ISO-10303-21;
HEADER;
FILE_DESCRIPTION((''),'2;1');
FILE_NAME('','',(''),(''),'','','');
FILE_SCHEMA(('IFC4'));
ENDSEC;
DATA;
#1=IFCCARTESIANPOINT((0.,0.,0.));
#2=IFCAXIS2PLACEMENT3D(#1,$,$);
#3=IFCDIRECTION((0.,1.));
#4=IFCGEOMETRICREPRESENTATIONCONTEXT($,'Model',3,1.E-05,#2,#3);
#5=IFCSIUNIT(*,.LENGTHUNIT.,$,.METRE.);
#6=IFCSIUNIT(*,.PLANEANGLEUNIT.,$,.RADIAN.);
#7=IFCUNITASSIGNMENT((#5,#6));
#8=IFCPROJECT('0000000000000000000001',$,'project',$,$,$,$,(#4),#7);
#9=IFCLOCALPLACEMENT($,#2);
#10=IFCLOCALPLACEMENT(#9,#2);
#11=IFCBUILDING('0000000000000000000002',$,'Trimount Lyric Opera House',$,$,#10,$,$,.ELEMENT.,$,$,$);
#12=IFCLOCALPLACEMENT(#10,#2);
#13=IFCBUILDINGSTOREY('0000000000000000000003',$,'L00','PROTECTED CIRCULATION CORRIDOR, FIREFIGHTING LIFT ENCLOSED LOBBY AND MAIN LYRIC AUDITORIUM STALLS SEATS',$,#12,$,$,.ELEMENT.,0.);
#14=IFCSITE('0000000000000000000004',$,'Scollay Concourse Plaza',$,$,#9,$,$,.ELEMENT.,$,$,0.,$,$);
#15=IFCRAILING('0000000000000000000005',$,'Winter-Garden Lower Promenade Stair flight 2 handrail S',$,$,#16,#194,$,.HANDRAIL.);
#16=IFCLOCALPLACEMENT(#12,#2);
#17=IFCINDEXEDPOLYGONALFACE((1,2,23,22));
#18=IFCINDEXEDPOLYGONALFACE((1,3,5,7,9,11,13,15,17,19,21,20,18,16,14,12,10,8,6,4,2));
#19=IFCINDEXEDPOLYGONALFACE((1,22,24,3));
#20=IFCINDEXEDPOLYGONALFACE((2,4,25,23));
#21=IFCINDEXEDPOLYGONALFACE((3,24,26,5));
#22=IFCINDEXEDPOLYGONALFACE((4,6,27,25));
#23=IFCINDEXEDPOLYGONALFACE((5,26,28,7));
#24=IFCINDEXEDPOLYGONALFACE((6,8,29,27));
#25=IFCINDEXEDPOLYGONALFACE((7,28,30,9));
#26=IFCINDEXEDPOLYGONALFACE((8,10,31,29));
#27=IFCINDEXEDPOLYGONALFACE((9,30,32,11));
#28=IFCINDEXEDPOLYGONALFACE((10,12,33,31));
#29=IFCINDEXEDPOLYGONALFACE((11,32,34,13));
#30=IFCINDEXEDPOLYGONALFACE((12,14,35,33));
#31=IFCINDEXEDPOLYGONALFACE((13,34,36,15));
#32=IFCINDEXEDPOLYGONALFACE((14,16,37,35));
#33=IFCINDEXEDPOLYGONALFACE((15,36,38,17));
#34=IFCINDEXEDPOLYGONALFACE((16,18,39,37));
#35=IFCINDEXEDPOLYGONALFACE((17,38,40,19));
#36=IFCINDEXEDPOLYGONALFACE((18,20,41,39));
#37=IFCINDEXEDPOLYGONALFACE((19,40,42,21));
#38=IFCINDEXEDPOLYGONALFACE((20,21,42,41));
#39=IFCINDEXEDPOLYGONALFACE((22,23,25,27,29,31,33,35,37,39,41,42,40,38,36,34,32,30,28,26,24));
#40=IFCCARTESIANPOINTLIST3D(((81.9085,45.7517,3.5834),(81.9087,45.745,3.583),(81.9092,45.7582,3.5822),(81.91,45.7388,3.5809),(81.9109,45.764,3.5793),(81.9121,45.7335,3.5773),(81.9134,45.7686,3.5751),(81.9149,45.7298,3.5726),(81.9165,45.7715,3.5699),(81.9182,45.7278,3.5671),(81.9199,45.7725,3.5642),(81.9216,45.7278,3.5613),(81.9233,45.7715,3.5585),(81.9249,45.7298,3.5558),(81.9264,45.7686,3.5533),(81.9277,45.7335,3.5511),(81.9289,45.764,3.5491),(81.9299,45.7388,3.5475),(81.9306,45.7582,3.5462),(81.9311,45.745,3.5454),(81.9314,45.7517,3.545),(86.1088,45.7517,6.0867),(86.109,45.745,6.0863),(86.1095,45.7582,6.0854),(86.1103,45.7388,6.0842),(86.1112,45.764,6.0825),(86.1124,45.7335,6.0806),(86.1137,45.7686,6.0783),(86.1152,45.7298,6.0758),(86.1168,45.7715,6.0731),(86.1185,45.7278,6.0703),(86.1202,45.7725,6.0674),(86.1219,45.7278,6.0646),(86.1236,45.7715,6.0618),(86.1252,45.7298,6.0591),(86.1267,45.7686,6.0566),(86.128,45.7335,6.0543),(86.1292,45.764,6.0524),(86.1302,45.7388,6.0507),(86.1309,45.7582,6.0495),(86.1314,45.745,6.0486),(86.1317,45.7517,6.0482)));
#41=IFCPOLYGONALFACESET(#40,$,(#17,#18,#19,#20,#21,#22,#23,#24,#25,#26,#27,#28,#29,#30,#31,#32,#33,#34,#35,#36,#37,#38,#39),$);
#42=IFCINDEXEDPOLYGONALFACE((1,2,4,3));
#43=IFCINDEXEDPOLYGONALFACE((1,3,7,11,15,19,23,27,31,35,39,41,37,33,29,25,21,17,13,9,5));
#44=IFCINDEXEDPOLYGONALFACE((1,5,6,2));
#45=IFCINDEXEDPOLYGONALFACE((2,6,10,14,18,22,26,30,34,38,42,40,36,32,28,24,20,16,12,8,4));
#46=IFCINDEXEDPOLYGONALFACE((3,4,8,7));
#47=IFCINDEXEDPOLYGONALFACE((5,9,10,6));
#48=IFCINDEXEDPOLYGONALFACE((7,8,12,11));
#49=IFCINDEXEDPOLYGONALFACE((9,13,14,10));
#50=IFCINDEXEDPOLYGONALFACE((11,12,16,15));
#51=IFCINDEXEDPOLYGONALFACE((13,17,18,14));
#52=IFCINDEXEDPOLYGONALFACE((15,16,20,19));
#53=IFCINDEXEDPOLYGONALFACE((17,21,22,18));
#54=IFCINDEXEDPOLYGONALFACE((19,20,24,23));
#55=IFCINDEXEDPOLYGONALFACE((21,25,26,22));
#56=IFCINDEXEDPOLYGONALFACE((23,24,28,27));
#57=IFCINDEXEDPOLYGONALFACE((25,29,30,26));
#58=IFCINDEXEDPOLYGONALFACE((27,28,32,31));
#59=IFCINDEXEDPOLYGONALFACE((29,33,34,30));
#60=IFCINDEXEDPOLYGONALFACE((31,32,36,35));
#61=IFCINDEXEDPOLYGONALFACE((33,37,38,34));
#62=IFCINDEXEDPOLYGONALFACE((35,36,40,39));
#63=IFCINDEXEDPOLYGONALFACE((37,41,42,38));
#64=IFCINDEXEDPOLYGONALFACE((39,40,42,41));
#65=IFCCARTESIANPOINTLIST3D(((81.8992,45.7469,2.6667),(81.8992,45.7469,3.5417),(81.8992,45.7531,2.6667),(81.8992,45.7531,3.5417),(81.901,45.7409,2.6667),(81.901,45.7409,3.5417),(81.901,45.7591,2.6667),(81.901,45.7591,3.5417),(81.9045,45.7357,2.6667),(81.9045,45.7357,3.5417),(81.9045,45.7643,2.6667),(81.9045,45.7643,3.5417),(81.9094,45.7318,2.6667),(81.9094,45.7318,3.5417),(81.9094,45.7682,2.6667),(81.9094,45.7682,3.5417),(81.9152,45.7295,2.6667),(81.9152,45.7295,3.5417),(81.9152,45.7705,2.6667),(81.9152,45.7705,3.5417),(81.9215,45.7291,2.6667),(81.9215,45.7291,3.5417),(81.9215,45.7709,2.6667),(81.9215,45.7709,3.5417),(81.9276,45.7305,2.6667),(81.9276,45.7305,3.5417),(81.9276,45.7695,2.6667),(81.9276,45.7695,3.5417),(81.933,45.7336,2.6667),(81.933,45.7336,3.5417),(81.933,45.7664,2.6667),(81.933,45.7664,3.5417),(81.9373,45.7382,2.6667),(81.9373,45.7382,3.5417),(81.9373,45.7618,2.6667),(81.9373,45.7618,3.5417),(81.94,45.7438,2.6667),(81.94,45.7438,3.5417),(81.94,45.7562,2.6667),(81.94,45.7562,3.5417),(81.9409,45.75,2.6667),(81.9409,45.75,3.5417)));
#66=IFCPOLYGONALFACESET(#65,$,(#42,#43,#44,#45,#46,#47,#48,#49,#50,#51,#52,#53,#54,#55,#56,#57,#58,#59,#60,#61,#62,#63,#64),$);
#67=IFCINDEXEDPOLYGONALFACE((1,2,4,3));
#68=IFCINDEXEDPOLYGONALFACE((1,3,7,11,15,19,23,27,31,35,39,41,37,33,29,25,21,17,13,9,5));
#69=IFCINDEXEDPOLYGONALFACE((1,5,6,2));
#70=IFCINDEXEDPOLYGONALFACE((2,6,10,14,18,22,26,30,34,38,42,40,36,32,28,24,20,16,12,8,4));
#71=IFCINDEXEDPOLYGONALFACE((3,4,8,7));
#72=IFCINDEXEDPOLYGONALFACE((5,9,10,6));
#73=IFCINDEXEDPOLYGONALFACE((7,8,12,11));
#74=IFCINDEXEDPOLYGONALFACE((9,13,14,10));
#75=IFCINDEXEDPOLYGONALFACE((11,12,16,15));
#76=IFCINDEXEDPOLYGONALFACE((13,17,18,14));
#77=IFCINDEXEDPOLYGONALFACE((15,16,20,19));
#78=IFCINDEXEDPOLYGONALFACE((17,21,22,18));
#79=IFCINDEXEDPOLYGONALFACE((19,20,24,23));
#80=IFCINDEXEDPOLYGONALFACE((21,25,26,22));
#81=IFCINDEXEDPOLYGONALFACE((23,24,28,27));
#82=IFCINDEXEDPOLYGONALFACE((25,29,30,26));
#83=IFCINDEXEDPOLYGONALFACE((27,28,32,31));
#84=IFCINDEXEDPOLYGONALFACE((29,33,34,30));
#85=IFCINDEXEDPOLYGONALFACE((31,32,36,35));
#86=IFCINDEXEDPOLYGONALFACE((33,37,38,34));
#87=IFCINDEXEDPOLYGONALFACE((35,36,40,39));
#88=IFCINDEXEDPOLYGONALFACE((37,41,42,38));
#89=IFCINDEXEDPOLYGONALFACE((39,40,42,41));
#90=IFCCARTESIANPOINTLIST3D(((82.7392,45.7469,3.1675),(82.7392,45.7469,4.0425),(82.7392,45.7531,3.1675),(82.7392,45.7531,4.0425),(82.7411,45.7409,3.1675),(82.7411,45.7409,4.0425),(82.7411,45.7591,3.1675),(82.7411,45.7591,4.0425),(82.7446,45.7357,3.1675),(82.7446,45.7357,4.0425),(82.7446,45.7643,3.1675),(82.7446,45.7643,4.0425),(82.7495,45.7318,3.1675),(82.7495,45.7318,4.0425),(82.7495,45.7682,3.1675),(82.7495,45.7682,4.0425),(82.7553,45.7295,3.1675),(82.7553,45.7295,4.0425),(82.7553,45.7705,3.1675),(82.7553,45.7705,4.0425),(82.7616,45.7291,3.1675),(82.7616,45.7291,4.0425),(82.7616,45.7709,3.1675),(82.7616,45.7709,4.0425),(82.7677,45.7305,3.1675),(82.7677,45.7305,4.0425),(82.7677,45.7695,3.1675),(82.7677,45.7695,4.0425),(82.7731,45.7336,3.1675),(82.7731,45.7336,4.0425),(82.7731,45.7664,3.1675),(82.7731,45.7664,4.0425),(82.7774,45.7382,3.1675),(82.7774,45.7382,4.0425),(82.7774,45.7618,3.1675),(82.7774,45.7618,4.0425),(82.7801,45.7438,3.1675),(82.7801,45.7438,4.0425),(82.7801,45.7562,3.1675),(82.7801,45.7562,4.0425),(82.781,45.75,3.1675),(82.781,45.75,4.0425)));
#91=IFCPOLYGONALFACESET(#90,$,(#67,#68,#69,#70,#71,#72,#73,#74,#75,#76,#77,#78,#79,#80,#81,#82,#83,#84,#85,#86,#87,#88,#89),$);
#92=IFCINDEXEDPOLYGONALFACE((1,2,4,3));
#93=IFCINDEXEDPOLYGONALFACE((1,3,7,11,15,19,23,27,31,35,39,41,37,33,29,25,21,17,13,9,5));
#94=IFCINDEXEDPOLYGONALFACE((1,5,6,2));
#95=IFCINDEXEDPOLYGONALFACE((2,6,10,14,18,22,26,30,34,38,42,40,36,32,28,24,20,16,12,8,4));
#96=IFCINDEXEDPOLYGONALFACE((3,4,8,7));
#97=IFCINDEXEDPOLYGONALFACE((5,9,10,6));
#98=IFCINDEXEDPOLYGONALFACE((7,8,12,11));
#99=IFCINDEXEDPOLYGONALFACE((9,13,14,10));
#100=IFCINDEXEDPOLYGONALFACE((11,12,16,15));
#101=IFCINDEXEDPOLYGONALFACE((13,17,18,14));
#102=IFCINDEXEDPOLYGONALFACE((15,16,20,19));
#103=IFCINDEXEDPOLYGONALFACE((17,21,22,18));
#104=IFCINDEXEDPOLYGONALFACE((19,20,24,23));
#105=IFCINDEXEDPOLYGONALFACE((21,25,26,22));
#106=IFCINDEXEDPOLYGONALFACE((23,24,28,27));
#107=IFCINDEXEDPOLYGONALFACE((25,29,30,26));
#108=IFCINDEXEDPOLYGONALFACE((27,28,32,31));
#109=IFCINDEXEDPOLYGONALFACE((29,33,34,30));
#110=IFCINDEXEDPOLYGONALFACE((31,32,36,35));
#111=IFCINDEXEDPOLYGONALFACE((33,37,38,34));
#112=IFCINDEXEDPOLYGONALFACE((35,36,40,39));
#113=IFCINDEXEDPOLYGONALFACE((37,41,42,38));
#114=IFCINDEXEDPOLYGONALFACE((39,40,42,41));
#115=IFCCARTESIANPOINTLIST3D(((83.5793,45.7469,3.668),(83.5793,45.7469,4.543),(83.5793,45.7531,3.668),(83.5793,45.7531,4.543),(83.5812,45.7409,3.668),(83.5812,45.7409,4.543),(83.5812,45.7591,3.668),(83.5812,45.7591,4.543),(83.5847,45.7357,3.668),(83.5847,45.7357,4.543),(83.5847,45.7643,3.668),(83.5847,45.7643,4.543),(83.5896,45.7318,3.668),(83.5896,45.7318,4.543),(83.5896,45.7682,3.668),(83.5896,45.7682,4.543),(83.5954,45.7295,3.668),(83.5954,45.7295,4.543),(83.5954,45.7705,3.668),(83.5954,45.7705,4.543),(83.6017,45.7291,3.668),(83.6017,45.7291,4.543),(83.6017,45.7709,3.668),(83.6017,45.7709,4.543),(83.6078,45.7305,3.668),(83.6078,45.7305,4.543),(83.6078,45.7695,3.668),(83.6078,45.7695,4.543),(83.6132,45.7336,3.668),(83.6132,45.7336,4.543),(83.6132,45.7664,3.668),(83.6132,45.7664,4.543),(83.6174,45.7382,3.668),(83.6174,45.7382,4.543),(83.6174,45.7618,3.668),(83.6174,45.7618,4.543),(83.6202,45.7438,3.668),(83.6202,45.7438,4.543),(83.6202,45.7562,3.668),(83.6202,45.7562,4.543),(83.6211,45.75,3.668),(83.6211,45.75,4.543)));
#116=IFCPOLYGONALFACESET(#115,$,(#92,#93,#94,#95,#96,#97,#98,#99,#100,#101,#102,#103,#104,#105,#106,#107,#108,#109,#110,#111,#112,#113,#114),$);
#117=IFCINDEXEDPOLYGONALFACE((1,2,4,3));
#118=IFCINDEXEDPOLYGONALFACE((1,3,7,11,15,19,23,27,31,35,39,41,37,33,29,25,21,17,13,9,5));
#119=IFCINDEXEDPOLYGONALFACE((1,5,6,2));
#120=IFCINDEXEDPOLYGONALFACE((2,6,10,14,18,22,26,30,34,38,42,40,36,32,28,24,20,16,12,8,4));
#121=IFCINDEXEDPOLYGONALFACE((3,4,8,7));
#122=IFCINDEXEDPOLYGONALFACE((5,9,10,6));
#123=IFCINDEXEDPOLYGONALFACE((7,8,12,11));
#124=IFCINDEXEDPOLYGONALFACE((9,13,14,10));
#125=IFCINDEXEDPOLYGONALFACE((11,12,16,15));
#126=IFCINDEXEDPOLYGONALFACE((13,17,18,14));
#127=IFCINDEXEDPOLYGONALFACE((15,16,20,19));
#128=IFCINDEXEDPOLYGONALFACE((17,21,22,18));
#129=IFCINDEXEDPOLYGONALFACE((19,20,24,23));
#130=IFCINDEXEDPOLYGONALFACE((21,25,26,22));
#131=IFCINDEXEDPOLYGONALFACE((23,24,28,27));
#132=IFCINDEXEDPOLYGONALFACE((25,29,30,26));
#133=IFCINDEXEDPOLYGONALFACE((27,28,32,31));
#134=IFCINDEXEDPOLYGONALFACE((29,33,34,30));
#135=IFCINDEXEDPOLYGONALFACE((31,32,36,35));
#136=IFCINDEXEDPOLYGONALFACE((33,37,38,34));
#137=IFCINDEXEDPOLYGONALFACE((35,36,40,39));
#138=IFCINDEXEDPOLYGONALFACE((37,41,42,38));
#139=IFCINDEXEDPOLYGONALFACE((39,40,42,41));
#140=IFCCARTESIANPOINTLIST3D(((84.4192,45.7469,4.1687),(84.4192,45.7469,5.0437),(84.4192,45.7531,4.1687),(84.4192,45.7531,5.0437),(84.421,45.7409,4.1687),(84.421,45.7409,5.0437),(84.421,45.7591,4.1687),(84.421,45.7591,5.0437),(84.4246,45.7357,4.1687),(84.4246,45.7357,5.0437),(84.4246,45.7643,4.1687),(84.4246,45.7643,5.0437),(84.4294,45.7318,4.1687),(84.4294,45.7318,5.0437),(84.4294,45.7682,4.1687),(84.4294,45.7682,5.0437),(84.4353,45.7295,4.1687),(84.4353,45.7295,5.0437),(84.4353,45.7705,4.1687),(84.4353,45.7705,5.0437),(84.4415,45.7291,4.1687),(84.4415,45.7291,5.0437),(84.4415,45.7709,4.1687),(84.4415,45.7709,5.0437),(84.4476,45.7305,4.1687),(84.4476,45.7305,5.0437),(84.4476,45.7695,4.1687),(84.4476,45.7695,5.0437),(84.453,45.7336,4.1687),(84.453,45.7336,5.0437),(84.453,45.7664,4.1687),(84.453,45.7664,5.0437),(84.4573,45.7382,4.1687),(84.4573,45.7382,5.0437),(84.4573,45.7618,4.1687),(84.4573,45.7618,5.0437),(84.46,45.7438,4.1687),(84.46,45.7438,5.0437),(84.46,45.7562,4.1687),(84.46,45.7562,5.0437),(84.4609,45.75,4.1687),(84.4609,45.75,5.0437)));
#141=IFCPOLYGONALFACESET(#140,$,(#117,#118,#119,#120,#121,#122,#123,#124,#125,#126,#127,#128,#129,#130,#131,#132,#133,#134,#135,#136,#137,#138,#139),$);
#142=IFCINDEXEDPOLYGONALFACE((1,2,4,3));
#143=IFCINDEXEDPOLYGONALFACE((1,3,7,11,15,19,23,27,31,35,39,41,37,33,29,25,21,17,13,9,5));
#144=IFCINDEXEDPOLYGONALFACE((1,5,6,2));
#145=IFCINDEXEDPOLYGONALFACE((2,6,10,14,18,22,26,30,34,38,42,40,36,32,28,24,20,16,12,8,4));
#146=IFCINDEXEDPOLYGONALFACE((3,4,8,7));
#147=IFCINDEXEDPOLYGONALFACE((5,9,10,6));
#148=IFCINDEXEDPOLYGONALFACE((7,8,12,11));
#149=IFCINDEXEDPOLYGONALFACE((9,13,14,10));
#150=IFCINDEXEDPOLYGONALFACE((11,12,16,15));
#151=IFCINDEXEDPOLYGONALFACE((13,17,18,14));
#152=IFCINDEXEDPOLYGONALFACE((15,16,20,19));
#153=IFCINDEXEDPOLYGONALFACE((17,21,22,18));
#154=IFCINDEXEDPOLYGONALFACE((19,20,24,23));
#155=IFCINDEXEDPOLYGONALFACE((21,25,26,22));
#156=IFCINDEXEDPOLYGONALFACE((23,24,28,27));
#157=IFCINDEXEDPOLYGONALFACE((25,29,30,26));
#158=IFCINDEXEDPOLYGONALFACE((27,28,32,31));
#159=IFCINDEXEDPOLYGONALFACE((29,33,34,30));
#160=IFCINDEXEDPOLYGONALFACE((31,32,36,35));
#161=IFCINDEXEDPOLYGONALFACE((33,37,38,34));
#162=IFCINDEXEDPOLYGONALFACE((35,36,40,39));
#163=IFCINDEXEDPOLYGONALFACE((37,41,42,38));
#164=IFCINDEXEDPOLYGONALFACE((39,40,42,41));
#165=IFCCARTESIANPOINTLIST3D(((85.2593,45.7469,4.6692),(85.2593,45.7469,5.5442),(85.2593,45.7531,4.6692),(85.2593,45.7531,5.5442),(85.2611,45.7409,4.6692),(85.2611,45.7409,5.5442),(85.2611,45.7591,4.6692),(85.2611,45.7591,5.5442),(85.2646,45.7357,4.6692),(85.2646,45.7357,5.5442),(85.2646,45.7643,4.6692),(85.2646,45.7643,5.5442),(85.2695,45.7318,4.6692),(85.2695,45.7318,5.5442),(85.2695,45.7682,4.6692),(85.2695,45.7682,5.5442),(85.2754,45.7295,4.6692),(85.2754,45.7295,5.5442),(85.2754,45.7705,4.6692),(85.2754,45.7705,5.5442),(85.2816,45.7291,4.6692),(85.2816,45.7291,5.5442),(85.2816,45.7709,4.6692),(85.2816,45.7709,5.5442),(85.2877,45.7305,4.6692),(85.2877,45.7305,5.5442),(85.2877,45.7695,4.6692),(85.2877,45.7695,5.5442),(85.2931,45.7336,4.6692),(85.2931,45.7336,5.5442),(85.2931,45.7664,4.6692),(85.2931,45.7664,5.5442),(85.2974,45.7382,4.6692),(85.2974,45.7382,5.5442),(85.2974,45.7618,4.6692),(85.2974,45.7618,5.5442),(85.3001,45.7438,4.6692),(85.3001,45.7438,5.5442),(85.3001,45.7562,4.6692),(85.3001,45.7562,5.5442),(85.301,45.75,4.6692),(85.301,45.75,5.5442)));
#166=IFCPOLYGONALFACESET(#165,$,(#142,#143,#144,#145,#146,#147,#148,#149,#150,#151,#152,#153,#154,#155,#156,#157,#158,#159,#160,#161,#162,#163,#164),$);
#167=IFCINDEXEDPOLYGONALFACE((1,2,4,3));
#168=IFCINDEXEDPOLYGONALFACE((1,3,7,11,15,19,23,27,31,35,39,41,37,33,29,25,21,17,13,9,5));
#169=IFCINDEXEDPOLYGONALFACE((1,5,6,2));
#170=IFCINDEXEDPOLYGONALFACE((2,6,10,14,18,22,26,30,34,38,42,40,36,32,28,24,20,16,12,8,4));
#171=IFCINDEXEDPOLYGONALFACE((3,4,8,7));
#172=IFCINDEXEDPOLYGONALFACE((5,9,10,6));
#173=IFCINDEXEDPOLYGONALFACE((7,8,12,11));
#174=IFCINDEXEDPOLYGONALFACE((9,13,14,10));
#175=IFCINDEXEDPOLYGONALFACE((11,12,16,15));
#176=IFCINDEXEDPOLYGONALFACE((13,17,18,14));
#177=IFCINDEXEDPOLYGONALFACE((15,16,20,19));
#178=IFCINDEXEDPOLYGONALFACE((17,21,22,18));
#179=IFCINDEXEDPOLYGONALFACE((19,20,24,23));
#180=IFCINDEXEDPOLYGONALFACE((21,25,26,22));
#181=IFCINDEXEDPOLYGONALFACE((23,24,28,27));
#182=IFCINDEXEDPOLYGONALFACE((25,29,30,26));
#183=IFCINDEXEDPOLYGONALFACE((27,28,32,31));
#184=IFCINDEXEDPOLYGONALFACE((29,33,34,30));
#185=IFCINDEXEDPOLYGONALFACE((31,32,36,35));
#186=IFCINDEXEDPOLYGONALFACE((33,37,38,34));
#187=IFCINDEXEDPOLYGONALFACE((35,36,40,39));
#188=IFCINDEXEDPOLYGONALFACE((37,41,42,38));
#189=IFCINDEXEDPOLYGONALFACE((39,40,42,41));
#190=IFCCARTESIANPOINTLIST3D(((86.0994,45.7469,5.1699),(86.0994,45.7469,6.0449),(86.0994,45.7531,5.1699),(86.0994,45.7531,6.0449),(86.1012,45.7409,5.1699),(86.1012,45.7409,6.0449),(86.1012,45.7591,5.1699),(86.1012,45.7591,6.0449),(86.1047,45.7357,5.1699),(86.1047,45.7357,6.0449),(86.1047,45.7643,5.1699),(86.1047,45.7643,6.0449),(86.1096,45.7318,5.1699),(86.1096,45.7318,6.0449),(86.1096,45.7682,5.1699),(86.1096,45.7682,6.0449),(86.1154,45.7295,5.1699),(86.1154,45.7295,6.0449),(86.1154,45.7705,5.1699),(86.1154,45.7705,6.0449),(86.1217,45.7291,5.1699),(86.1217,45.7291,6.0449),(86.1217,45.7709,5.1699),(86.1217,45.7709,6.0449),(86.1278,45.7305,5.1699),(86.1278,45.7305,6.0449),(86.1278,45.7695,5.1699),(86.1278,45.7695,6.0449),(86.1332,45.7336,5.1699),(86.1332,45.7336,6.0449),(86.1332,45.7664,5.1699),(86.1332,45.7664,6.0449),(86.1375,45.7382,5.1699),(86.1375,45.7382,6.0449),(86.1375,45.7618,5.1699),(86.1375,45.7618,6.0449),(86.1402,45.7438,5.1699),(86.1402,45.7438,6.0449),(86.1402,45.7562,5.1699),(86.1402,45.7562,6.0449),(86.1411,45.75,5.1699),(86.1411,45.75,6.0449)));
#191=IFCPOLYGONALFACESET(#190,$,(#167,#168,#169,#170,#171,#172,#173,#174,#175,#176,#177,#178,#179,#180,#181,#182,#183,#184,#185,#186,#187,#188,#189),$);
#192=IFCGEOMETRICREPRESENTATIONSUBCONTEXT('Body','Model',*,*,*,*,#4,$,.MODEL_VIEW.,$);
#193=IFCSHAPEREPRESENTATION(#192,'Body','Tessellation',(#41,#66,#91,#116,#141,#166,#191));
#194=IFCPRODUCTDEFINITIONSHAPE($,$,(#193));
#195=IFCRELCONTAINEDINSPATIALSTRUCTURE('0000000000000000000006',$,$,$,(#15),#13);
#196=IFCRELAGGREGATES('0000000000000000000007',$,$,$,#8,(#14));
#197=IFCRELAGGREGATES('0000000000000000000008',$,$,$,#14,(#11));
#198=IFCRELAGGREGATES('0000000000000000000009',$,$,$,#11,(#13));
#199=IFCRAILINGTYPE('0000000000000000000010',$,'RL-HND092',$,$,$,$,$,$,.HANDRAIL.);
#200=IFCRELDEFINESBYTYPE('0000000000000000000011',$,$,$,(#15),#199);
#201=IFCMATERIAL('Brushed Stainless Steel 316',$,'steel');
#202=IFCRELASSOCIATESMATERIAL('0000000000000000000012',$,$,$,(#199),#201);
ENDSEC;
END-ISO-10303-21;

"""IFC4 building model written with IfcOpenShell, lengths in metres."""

from ifc_helpers import new_model, si_unit, direction, frame, origin, origin_2d, place, context, subcontext, project, spatial, circle, extrude, material, type_object, element, save


model = new_model("IFC4")

# Units and contexts
model_context = context("Model", 3, precision=1e-05, world=origin(), true_north=direction((0.0, 1.0)))
body_context = subcontext(model_context, "Body", "Model", "MODEL_VIEW")
ifc_project = project(units=[si_unit("LENGTHUNIT", "METRE"), si_unit("PLANEANGLEUNIT", "RADIAN")], contexts=[model_context])

# Site, building, storey
site_placement = place(None, origin())
site = spatial("IfcSite", under=ifc_project, at=site_placement, Name="Scollay Concourse Plaza", CompositionType="ELEMENT", RefElevation=0.0)
building_placement = place(site_placement, origin())
building = spatial("IfcBuilding", under=site, at=building_placement, Name="Trimount Lyric Opera House", CompositionType="ELEMENT")
storey_placement = place(building_placement, origin())
storey = spatial("IfcBuildingStorey", under=building, at=storey_placement, Name="L00", Description="PROTECTED CIRCULATION CORRIDOR, FIREFIGHTING LIFT ENCLOSED LOBBY AND MAIN LYRIC AUDITORIUM STALLS SEATS", CompositionType="ELEMENT", Elevation=0.0)

# Railing
ifc_material_1 = material(Name="Brushed Stainless Steel 316", Category="steel")
railing_type = type_object("IfcRailingType", Name="RL-HND092", PredefinedType="HANDRAIL", material=ifc_material_1)
for number, where, name in (
    (1, (81.9199, 45.75, 2.6667), "Winter-Garden Lower Promenade Stair flight 2 handrail S"),
):
    element("IfcRailing", number, at=place(storey_placement, frame(where)), inside=storey, type_object=railing_type, Name=name, PredefinedType="HANDRAIL", context=body_context, shape_type="SweptSolid", body=[
        extrude(circle(Radius=0.0225, at=origin_2d()), frame((0.0, 0.0, 0.8975), z_axis=(0.859018, 0.0, 0.511946), x_axis=(0.0, 1.0, 0.0)), (0.0, 0.0, 1.0), 4.8896),
        extrude(circle(Radius=0.021, at=origin_2d()), origin(), (0.0, 0.0, 1.0), 0.875),
        extrude(circle(Radius=0.021, at=origin_2d()), frame((0.8401, 0.0, 0.5007)), (0.0, 0.0, 1.0), 0.875),
        extrude(circle(Radius=0.021, at=origin_2d()), frame((1.6802, 0.0, 1.0012)), (0.0, 0.0, 1.0), 0.875),
        extrude(circle(Radius=0.021, at=origin_2d()), frame((2.52, 0.0, 1.502)), (0.0, 0.0, 1.0), 0.875),
        extrude(circle(Radius=0.021, at=origin_2d()), frame((3.3601, 0.0, 2.0024)), (0.0, 0.0, 1.0), 0.875),
        extrude(circle(Radius=0.021, at=origin_2d()), frame((4.2002, 0.0, 2.5032)), (0.0, 0.0, 1.0), 0.875),
    ])

save(model, "model.ifc")
